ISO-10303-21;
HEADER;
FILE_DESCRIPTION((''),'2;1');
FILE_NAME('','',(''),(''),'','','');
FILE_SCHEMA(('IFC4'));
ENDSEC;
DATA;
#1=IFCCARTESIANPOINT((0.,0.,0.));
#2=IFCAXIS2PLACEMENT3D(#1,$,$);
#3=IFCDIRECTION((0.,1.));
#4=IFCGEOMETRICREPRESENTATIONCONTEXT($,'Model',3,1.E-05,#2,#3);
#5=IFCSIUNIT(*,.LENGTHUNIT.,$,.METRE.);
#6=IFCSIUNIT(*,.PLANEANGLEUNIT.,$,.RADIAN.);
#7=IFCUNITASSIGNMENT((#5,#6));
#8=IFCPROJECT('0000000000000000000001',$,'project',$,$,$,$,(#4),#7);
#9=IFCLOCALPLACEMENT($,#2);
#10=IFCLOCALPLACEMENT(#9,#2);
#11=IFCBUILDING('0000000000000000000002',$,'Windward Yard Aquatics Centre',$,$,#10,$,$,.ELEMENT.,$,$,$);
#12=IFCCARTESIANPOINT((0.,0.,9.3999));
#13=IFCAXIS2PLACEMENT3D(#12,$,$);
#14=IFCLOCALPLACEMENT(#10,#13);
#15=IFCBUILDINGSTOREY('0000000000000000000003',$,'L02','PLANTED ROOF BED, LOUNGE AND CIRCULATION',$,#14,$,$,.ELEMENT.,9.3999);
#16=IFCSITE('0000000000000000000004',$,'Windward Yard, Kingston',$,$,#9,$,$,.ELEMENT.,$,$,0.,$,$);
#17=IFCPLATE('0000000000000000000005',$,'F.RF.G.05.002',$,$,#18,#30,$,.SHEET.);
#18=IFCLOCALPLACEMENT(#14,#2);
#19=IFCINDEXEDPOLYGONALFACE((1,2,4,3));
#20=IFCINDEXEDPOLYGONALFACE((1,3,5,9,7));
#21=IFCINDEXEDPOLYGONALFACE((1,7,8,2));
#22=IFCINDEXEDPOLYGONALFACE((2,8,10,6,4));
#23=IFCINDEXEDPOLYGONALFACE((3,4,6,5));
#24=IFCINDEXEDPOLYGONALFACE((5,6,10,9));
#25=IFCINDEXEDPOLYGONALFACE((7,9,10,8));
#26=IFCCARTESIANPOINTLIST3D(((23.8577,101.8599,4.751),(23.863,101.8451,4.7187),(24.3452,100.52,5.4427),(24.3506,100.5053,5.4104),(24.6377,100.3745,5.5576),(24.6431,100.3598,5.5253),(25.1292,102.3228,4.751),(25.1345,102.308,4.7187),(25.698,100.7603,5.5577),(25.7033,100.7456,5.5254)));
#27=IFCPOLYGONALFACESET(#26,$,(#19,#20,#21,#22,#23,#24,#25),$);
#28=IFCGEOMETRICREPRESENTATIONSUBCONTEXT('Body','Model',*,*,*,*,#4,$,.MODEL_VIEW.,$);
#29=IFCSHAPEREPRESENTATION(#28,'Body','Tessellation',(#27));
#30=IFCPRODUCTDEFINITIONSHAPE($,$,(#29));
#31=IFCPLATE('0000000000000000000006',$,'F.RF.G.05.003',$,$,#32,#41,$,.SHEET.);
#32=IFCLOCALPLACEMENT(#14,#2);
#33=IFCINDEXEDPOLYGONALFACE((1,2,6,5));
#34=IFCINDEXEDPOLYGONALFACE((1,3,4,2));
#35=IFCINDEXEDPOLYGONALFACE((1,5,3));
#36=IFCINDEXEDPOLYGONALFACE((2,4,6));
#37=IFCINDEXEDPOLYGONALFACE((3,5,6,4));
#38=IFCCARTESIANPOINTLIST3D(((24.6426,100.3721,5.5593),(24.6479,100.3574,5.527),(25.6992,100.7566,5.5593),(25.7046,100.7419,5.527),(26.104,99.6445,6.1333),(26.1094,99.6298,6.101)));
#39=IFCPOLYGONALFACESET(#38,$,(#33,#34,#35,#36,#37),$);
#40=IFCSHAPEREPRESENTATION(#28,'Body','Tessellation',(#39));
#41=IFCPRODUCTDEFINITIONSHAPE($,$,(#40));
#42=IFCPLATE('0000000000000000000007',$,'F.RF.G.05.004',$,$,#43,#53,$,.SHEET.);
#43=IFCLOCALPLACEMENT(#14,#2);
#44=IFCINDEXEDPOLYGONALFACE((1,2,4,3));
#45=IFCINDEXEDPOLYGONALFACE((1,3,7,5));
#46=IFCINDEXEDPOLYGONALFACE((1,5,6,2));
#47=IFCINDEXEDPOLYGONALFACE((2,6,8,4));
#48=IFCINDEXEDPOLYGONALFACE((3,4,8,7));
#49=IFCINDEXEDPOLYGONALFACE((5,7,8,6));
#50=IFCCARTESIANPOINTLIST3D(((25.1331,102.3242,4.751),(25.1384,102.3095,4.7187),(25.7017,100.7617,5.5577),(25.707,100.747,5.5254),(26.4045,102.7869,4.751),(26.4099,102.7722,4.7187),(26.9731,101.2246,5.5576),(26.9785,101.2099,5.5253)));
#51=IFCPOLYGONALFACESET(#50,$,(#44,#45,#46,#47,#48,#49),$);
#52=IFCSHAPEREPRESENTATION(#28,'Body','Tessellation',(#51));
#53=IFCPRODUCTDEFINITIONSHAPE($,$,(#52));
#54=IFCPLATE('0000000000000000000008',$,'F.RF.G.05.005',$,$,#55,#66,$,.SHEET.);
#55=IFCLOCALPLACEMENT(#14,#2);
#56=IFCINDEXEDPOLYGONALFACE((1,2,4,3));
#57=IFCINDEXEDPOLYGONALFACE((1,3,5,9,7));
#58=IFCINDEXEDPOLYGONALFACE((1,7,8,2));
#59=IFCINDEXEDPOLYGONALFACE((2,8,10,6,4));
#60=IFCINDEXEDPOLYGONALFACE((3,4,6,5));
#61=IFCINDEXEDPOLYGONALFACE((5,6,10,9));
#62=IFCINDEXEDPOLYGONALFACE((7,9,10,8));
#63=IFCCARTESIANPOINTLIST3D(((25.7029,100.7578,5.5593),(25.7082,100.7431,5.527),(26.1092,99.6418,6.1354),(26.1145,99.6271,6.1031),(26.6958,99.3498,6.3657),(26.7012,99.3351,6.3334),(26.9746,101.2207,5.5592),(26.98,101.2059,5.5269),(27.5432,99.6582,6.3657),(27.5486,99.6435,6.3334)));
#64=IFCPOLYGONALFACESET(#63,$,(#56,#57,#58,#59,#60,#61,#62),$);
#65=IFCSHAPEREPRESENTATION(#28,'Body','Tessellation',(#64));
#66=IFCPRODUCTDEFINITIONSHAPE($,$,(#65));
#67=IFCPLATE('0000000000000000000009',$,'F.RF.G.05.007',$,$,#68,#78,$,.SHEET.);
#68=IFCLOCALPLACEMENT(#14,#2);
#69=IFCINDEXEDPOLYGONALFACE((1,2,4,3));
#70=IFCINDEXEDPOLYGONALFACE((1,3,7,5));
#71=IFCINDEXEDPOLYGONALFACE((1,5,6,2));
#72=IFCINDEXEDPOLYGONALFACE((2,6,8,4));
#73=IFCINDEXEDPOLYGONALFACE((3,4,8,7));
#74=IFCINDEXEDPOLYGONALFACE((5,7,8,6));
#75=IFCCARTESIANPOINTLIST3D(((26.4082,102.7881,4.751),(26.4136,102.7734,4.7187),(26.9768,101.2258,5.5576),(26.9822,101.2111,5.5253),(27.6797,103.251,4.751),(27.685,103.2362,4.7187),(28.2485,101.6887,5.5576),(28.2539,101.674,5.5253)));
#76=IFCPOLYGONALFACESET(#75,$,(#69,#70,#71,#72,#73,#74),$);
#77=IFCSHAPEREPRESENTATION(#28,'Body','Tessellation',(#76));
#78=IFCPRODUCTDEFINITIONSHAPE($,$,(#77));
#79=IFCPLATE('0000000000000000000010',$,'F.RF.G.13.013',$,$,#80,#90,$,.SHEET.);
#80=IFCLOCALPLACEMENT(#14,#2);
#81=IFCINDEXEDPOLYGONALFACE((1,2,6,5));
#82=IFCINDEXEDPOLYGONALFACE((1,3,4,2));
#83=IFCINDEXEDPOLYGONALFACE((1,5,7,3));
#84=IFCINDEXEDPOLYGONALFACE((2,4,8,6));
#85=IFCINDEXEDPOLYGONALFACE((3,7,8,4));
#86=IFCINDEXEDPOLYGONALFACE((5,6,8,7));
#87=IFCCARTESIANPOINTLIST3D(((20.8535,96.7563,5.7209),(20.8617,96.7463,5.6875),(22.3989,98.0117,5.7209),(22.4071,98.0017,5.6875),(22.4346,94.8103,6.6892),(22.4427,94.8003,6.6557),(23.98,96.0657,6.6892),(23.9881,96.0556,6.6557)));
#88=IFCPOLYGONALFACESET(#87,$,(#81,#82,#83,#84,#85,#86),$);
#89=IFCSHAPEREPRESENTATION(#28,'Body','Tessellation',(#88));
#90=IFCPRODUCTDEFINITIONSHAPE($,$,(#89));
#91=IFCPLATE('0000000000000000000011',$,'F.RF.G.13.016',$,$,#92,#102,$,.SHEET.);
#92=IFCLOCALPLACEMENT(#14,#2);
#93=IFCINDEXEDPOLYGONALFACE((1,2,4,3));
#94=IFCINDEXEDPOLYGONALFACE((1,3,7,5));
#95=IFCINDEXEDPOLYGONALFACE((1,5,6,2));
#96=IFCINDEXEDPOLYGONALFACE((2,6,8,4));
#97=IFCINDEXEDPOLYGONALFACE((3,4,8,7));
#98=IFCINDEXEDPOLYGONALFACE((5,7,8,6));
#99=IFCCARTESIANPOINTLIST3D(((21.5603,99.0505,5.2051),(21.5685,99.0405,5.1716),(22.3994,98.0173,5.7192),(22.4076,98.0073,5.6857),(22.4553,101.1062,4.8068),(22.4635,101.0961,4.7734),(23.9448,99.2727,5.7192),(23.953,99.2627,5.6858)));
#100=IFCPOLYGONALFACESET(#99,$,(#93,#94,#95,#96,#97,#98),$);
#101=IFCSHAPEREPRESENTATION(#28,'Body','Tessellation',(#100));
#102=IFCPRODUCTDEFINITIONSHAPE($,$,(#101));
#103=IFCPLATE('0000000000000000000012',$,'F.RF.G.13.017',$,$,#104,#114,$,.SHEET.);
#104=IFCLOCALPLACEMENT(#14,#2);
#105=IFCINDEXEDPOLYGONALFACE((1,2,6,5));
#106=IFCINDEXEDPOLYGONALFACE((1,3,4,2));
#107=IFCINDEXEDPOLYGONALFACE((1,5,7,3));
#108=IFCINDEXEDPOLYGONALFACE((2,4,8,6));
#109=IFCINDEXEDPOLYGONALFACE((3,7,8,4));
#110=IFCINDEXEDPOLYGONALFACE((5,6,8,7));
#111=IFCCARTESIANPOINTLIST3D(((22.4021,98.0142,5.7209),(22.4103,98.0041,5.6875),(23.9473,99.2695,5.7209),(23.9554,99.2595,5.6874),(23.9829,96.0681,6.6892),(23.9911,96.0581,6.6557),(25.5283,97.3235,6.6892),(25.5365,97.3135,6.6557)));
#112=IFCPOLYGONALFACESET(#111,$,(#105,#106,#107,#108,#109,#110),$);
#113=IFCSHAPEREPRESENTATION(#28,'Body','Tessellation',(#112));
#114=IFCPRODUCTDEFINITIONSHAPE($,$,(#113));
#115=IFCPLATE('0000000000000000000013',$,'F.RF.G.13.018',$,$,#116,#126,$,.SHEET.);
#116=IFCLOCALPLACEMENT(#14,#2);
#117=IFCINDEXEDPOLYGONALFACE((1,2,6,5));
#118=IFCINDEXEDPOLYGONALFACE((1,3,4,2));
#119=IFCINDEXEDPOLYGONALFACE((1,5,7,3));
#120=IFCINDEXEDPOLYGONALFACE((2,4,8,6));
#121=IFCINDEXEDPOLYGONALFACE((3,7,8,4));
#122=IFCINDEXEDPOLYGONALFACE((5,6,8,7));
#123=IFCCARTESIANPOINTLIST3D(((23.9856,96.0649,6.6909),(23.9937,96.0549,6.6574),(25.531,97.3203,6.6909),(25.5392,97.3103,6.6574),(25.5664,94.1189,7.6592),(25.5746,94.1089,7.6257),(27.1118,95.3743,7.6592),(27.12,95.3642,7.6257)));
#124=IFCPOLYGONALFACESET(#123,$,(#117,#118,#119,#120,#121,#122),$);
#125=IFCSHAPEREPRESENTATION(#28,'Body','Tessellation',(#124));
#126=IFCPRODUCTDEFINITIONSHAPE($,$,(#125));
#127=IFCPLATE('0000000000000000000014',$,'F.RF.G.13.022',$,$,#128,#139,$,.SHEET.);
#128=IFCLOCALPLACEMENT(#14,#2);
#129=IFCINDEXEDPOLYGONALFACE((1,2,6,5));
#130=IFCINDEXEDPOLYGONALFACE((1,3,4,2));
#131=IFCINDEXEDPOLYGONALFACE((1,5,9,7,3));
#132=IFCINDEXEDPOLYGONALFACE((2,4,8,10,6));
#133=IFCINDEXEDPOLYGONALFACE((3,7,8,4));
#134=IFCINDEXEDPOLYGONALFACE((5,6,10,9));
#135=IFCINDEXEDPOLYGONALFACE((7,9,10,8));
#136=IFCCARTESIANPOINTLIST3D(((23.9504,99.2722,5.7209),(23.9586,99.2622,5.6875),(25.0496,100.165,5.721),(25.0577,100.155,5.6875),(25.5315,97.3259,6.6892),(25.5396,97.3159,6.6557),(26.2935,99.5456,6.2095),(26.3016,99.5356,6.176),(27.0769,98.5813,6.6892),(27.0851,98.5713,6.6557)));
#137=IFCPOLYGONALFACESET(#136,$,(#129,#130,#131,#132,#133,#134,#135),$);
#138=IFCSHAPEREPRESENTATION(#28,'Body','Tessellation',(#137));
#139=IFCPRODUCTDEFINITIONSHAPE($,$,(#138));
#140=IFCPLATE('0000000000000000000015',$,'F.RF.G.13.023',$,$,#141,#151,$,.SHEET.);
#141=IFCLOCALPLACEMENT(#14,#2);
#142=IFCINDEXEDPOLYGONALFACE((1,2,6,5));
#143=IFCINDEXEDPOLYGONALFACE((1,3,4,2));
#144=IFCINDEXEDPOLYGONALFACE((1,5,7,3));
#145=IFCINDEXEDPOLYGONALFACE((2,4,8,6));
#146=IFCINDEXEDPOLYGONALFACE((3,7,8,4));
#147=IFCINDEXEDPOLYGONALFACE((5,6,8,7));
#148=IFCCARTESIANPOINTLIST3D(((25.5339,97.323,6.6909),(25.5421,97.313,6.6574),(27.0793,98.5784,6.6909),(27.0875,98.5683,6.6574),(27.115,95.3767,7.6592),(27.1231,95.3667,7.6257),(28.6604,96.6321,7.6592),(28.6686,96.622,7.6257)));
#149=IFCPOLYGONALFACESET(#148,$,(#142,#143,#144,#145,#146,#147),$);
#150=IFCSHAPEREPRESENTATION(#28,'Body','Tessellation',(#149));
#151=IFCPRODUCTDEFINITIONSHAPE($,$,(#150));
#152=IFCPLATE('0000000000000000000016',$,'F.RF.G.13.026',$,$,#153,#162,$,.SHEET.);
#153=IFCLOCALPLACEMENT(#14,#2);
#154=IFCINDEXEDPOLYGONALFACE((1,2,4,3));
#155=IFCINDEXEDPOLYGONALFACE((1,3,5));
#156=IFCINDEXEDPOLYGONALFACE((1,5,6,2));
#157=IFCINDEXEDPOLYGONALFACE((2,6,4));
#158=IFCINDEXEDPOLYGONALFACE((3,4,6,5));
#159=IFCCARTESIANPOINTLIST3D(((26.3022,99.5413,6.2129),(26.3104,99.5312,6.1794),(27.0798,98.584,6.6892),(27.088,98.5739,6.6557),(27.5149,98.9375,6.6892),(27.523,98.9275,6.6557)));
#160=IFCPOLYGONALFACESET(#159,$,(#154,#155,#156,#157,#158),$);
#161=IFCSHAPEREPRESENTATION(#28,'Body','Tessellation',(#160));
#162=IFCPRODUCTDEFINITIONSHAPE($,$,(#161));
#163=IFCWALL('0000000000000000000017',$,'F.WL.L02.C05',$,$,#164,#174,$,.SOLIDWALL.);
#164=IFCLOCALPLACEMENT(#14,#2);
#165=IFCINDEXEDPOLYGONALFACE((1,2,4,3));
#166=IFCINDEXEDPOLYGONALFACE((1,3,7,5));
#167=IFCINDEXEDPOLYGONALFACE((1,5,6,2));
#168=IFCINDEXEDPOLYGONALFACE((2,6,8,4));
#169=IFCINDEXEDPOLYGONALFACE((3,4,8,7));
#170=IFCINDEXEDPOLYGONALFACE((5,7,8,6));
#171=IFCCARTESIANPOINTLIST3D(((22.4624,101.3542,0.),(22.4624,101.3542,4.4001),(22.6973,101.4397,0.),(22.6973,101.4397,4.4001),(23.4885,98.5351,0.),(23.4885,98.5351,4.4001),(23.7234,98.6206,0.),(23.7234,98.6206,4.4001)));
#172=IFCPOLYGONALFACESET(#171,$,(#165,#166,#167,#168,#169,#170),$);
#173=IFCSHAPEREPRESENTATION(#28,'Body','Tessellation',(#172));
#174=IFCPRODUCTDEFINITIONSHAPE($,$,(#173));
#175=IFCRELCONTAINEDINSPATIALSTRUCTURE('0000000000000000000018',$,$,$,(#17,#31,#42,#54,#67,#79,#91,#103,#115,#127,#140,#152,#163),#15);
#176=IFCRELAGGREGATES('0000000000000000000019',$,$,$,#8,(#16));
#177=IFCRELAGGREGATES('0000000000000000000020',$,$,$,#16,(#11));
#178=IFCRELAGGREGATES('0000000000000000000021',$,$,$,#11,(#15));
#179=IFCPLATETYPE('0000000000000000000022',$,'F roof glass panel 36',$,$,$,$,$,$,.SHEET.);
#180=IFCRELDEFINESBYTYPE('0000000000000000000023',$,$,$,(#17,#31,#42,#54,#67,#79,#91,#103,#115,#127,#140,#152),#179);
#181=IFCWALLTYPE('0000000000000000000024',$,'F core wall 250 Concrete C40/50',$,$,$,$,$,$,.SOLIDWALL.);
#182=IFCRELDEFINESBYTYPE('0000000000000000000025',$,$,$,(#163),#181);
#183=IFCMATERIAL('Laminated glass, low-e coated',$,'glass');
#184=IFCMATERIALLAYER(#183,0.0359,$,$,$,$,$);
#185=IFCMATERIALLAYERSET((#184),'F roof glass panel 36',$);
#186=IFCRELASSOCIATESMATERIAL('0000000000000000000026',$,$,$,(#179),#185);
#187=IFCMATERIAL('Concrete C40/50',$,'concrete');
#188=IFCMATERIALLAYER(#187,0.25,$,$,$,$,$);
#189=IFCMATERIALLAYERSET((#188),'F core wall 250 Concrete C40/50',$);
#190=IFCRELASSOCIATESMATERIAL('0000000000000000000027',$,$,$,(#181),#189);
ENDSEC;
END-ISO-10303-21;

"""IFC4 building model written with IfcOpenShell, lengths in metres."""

from ifc_helpers import new_model, si_unit, direction, frame, frame_2d, origin, place, context, subcontext, project, spatial, polyline, rectangle, outline, extrude, material, layer, layer_set, type_object, element, save


model = new_model("IFC4")

# Units and contexts
model_context = context("Model", 3, precision=1e-05, world=origin(), true_north=direction((0.0, 1.0)))
body_context = subcontext(model_context, "Body", "Model", "MODEL_VIEW")
ifc_project = project(units=[si_unit("LENGTHUNIT", "METRE"), si_unit("PLANEANGLEUNIT", "RADIAN")], contexts=[model_context])

# Site, building, storey
site_placement = place(None, origin())
site = spatial("IfcSite", under=ifc_project, at=site_placement, Name="Windward Yard, Kingston", CompositionType="ELEMENT", RefElevation=0.0)
building_placement = place(site_placement, origin())
building = spatial("IfcBuilding", under=site, at=building_placement, Name="Windward Yard Aquatics Centre", CompositionType="ELEMENT")
storey_placement = place(building_placement, frame((0.0, 0.0, 9.3999)))
storey = spatial("IfcBuildingStorey", under=building, at=storey_placement, Name="L02", Description="PLANTED ROOF BED, LOUNGE AND CIRCULATION", CompositionType="ELEMENT", Elevation=9.3999)

# Plates
ifc_material_1 = material(Name="Laminated glass, low-e coated", Category="glass")
ifc_layer_1 = layer(ifc_material_1, 0.0359)
ifc_layer_set_1 = layer_set([ifc_layer_1], Name="F roof glass panel 36")
plate_type = type_object("IfcPlateType", Name="F roof glass panel 36", PredefinedType="SHEET", material=ifc_layer_set_1)
plate_1_placement = place(storey_placement, frame((23.8577, 101.8599, 4.751), z_axis=(-0.149313, 0.410152, 0.899712), x_axis=(0.939668, 0.342089, -0.000004)))
element("IfcPlate", 1, at=plate_1_placement, inside=storey, type_object=plate_type, Name="F.RF.G.05.002", PredefinedType="SHEET", context=body_context, shape_type="SweptSolid", body=[
    extrude(outline(polyline([(0.0, 0.0), (1.3531, 0.0), (1.3531, -1.8482), (0.2248, -1.8479), (-0.0002, -1.5847), (0.0, 0.0)])), origin(), (0.0, 0.0, -1.0), 0.0359),
])
plate_2_placement = place(storey_placement, frame((24.6426, 100.3721, 5.5593), z_axis=(-0.149231, 0.410078, 0.899759), x_axis=(0.939711, 0.34197, 0.0)))
element("IfcPlate", 2, at=plate_2_placement, inside=storey, type_object=plate_type, Name="F.RF.G.05.003", PredefinedType="SHEET", context=body_context, shape_type="SweptSolid", body=[
    extrude(outline(polyline([(0.0, 0.0), (1.1244, 0.0), (1.1245, -1.3153), (0.0, 0.0)])), origin(), (0.0, 0.0, -1.0), 0.0359),
])
plate_3_placement = place(storey_placement, frame((25.1331, 102.3242, 4.751), z_axis=(-0.149288, 0.410178, 0.899704), x_axis=(0.939719, 0.341947, 0.000033)))
element("IfcPlate", 3, at=plate_3_placement, inside=storey, type_object=plate_type, Name="F.RF.G.05.004", PredefinedType="SHEET", context=body_context, shape_type="SweptSolid", body=[
    extrude(outline(polyline([(0.0, 0.0), (1.353, 0.0), (1.3532, -1.8479), (0.0001, -1.8481), (0.0, 0.0)])), origin(), (0.0, 0.0, -1.0), 0.0359),
])
plate_4_placement = place(storey_placement, frame((25.7029, 100.7578, 5.5593), z_axis=(-0.14919, 0.410101, 0.899755), x_axis=(0.939699, 0.342002, -0.000068)))
element("IfcPlate", 4, at=plate_4_placement, inside=storey, type_object=plate_type, Name="F.RF.G.05.005", PredefinedType="SHEET", context=body_context, shape_type="SweptSolid", body=[
    extrude(outline(polyline([(0.0, 0.0), (1.3534, 0.0), (1.3532, -1.848), (0.4515, -1.8479), (0.0001, -1.32), (0.0, 0.0)])), origin(), (0.0, 0.0, -1.0), 0.0359),
])
plate_5_placement = place(storey_placement, frame((26.4082, 102.7881, 4.751), z_axis=(-0.149315, 0.410184, 0.899697), x_axis=(0.939669, 0.342085, -0.000012)))
element("IfcPlate", 5, at=plate_5_placement, inside=storey, type_object=plate_type, Name="F.RF.G.05.007", PredefinedType="SHEET", context=body_context, shape_type="SweptSolid", body=[
    extrude(outline(polyline([(0.0, 0.0), (1.3531, 0.0), (1.3532, -1.8479), (-0.0001, -1.8479), (0.0, 0.0)])), origin(), (0.0, 0.0, -1.0), 0.0359),
])
plate_6_placement = place(storey_placement, frame((20.8535, 96.7563, 5.7209), z_axis=(-0.227135, 0.279612, 0.932859), x_axis=(0.776182, 0.63051, 0.0)))
element("IfcPlate", 6, at=plate_6_placement, inside=storey, type_object=plate_type, Name="F.RF.G.13.013", PredefinedType="SHEET", context=body_context, shape_type="SweptSolid", body=[
    extrude(outline(polyline([(0.0, 0.0), (1.991, 0.0), (1.9912, -2.6878), (0.0002, -2.6878), (0.0, 0.0)])), origin(), (0.0, 0.0, -1.0), 0.0359),
])
plate_7_placement = place(storey_placement, frame((21.5603, 99.0505, 5.2051), z_axis=(-0.227196, 0.279642, 0.932835), x_axis=(0.393051, 0.902732, -0.174889)))
element("IfcPlate", 7, at=plate_7_placement, inside=storey, type_object=plate_type, Name="F.RF.G.13.016", PredefinedType="SHEET", context=body_context, shape_type="SweptSolid", body=[
    extrude(outline(polyline([(0.0, 0.0), (2.2771, 0.0), (1.0479, -2.214), (-0.6928, -1.2474), (0.0, 0.0)])), origin(), (0.0, 0.0, -1.0), 0.0359),
])
plate_8_placement = place(storey_placement, frame((22.4021, 98.0142, 5.7209), z_axis=(-0.227152, 0.279611, 0.932856), x_axis=(0.776136, 0.630566, -0.000013)))
element("IfcPlate", 8, at=plate_8_placement, inside=storey, type_object=plate_type, Name="F.RF.G.13.017", PredefinedType="SHEET", context=body_context, shape_type="SweptSolid", body=[
    extrude(outline(polyline([(0.0, 0.0), (1.9909, 0.0), (1.9908, -2.6878), (-0.0002, -2.6877), (0.0, 0.0)])), origin(), (0.0, 0.0, -1.0), 0.0359),
])
plate_9_placement = place(storey_placement, frame((23.9856, 96.0649, 6.6909), z_axis=(-0.227148, 0.279627, 0.932852), x_axis=(0.776182, 0.63051, 0.0)))
element("IfcPlate", 9, at=plate_9_placement, inside=storey, type_object=plate_type, Name="F.RF.G.13.018", PredefinedType="SHEET", context=body_context, shape_type="SweptSolid", body=[
    extrude(outline(polyline([(0.0, 0.0), (1.991, 0.0), (1.991, -2.6877), (0.0, -2.6877), (0.0, 0.0)])), origin(), (0.0, 0.0, -1.0), 0.0359),
])
plate_10_placement = place(storey_placement, frame((23.9504, 99.2722, 5.7209), z_axis=(-0.227127, 0.279588, 0.932869), x_axis=(0.776185, 0.630505, 0.000011)))
element("IfcPlate", 10, at=plate_10_placement, inside=storey, type_object=plate_type, Name="F.RF.G.13.022", PredefinedType="SHEET", context=body_context, shape_type="SweptSolid", body=[
    extrude(outline(polyline([(0.0, 0.0), (1.4161, 0.0), (1.991, -1.3561), (1.9911, -2.688), (0.0001, -2.688), (0.0, 0.0)])), origin(), (0.0, 0.0, -1.0), 0.0359),
])
plate_11_placement = place(storey_placement, frame((25.5339, 97.323, 6.6909), z_axis=(-0.22712, 0.279594, 0.932868), x_axis=(0.776182, 0.63051, 0.0)))
element("IfcPlate", 11, at=plate_11_placement, inside=storey, type_object=plate_type, Name="F.RF.G.13.023", PredefinedType="SHEET", context=body_context, shape_type="SweptSolid", body=[
    extrude(outline(polyline([(0.0, 0.0), (1.991, 0.0), (1.9911, -2.688), (0.0, -2.688), (0.0, 0.0)])), origin(), (0.0, 0.0, -1.0), 0.0359),
])
plate_12_placement = place(storey_placement, frame((26.3022, 99.5413, 6.2129), z_axis=(-0.227201, 0.279608, 0.932845), x_axis=(0.844498, -0.420464, 0.331712)))
element("IfcPlate", 12, at=plate_12_placement, inside=storey, type_object=plate_type, Name="F.RF.G.13.026", PredefinedType="SHEET", context=body_context, shape_type="SweptSolid", body=[
    extrude(outline(polyline([(0.0, 0.0), (1.4359, 0.0), (1.2172, -0.5161), (0.0, 0.0)])), origin(), (0.0, 0.0, -1.0), 0.0359),
])

# Wall
ifc_material_2 = material(Name="Concrete C40/50", Category="concrete")
ifc_layer_2 = layer(ifc_material_2, 0.25)
ifc_layer_set_2 = layer_set([ifc_layer_2], Name="F core wall 250 Concrete C40/50")
wall_type_1 = type_object("IfcWallType", Name="F core wall 250 Concrete C40/50", PredefinedType="SOLIDWALL", material=ifc_layer_set_2)
wall_1_placement = place(storey_placement, frame((23.606, 98.5779, 0.0), z_axis=(0.0, 0.0, 1.0), x_axis=(-0.342037, 0.939686, 0.0)))
element("IfcWall", 13, at=wall_1_placement, inside=storey, type_object=wall_type_1, Name="F.WL.L02.C05", PredefinedType="SOLIDWALL", context=body_context, shape_type="SweptSolid", body=[
    extrude(rectangle(XDim=3.0, YDim=0.25, at=frame_2d((1.5, 0.0))), origin(), (0.0, 0.0, 1.0), 4.4001),
])

save(model, "model.ifc")
